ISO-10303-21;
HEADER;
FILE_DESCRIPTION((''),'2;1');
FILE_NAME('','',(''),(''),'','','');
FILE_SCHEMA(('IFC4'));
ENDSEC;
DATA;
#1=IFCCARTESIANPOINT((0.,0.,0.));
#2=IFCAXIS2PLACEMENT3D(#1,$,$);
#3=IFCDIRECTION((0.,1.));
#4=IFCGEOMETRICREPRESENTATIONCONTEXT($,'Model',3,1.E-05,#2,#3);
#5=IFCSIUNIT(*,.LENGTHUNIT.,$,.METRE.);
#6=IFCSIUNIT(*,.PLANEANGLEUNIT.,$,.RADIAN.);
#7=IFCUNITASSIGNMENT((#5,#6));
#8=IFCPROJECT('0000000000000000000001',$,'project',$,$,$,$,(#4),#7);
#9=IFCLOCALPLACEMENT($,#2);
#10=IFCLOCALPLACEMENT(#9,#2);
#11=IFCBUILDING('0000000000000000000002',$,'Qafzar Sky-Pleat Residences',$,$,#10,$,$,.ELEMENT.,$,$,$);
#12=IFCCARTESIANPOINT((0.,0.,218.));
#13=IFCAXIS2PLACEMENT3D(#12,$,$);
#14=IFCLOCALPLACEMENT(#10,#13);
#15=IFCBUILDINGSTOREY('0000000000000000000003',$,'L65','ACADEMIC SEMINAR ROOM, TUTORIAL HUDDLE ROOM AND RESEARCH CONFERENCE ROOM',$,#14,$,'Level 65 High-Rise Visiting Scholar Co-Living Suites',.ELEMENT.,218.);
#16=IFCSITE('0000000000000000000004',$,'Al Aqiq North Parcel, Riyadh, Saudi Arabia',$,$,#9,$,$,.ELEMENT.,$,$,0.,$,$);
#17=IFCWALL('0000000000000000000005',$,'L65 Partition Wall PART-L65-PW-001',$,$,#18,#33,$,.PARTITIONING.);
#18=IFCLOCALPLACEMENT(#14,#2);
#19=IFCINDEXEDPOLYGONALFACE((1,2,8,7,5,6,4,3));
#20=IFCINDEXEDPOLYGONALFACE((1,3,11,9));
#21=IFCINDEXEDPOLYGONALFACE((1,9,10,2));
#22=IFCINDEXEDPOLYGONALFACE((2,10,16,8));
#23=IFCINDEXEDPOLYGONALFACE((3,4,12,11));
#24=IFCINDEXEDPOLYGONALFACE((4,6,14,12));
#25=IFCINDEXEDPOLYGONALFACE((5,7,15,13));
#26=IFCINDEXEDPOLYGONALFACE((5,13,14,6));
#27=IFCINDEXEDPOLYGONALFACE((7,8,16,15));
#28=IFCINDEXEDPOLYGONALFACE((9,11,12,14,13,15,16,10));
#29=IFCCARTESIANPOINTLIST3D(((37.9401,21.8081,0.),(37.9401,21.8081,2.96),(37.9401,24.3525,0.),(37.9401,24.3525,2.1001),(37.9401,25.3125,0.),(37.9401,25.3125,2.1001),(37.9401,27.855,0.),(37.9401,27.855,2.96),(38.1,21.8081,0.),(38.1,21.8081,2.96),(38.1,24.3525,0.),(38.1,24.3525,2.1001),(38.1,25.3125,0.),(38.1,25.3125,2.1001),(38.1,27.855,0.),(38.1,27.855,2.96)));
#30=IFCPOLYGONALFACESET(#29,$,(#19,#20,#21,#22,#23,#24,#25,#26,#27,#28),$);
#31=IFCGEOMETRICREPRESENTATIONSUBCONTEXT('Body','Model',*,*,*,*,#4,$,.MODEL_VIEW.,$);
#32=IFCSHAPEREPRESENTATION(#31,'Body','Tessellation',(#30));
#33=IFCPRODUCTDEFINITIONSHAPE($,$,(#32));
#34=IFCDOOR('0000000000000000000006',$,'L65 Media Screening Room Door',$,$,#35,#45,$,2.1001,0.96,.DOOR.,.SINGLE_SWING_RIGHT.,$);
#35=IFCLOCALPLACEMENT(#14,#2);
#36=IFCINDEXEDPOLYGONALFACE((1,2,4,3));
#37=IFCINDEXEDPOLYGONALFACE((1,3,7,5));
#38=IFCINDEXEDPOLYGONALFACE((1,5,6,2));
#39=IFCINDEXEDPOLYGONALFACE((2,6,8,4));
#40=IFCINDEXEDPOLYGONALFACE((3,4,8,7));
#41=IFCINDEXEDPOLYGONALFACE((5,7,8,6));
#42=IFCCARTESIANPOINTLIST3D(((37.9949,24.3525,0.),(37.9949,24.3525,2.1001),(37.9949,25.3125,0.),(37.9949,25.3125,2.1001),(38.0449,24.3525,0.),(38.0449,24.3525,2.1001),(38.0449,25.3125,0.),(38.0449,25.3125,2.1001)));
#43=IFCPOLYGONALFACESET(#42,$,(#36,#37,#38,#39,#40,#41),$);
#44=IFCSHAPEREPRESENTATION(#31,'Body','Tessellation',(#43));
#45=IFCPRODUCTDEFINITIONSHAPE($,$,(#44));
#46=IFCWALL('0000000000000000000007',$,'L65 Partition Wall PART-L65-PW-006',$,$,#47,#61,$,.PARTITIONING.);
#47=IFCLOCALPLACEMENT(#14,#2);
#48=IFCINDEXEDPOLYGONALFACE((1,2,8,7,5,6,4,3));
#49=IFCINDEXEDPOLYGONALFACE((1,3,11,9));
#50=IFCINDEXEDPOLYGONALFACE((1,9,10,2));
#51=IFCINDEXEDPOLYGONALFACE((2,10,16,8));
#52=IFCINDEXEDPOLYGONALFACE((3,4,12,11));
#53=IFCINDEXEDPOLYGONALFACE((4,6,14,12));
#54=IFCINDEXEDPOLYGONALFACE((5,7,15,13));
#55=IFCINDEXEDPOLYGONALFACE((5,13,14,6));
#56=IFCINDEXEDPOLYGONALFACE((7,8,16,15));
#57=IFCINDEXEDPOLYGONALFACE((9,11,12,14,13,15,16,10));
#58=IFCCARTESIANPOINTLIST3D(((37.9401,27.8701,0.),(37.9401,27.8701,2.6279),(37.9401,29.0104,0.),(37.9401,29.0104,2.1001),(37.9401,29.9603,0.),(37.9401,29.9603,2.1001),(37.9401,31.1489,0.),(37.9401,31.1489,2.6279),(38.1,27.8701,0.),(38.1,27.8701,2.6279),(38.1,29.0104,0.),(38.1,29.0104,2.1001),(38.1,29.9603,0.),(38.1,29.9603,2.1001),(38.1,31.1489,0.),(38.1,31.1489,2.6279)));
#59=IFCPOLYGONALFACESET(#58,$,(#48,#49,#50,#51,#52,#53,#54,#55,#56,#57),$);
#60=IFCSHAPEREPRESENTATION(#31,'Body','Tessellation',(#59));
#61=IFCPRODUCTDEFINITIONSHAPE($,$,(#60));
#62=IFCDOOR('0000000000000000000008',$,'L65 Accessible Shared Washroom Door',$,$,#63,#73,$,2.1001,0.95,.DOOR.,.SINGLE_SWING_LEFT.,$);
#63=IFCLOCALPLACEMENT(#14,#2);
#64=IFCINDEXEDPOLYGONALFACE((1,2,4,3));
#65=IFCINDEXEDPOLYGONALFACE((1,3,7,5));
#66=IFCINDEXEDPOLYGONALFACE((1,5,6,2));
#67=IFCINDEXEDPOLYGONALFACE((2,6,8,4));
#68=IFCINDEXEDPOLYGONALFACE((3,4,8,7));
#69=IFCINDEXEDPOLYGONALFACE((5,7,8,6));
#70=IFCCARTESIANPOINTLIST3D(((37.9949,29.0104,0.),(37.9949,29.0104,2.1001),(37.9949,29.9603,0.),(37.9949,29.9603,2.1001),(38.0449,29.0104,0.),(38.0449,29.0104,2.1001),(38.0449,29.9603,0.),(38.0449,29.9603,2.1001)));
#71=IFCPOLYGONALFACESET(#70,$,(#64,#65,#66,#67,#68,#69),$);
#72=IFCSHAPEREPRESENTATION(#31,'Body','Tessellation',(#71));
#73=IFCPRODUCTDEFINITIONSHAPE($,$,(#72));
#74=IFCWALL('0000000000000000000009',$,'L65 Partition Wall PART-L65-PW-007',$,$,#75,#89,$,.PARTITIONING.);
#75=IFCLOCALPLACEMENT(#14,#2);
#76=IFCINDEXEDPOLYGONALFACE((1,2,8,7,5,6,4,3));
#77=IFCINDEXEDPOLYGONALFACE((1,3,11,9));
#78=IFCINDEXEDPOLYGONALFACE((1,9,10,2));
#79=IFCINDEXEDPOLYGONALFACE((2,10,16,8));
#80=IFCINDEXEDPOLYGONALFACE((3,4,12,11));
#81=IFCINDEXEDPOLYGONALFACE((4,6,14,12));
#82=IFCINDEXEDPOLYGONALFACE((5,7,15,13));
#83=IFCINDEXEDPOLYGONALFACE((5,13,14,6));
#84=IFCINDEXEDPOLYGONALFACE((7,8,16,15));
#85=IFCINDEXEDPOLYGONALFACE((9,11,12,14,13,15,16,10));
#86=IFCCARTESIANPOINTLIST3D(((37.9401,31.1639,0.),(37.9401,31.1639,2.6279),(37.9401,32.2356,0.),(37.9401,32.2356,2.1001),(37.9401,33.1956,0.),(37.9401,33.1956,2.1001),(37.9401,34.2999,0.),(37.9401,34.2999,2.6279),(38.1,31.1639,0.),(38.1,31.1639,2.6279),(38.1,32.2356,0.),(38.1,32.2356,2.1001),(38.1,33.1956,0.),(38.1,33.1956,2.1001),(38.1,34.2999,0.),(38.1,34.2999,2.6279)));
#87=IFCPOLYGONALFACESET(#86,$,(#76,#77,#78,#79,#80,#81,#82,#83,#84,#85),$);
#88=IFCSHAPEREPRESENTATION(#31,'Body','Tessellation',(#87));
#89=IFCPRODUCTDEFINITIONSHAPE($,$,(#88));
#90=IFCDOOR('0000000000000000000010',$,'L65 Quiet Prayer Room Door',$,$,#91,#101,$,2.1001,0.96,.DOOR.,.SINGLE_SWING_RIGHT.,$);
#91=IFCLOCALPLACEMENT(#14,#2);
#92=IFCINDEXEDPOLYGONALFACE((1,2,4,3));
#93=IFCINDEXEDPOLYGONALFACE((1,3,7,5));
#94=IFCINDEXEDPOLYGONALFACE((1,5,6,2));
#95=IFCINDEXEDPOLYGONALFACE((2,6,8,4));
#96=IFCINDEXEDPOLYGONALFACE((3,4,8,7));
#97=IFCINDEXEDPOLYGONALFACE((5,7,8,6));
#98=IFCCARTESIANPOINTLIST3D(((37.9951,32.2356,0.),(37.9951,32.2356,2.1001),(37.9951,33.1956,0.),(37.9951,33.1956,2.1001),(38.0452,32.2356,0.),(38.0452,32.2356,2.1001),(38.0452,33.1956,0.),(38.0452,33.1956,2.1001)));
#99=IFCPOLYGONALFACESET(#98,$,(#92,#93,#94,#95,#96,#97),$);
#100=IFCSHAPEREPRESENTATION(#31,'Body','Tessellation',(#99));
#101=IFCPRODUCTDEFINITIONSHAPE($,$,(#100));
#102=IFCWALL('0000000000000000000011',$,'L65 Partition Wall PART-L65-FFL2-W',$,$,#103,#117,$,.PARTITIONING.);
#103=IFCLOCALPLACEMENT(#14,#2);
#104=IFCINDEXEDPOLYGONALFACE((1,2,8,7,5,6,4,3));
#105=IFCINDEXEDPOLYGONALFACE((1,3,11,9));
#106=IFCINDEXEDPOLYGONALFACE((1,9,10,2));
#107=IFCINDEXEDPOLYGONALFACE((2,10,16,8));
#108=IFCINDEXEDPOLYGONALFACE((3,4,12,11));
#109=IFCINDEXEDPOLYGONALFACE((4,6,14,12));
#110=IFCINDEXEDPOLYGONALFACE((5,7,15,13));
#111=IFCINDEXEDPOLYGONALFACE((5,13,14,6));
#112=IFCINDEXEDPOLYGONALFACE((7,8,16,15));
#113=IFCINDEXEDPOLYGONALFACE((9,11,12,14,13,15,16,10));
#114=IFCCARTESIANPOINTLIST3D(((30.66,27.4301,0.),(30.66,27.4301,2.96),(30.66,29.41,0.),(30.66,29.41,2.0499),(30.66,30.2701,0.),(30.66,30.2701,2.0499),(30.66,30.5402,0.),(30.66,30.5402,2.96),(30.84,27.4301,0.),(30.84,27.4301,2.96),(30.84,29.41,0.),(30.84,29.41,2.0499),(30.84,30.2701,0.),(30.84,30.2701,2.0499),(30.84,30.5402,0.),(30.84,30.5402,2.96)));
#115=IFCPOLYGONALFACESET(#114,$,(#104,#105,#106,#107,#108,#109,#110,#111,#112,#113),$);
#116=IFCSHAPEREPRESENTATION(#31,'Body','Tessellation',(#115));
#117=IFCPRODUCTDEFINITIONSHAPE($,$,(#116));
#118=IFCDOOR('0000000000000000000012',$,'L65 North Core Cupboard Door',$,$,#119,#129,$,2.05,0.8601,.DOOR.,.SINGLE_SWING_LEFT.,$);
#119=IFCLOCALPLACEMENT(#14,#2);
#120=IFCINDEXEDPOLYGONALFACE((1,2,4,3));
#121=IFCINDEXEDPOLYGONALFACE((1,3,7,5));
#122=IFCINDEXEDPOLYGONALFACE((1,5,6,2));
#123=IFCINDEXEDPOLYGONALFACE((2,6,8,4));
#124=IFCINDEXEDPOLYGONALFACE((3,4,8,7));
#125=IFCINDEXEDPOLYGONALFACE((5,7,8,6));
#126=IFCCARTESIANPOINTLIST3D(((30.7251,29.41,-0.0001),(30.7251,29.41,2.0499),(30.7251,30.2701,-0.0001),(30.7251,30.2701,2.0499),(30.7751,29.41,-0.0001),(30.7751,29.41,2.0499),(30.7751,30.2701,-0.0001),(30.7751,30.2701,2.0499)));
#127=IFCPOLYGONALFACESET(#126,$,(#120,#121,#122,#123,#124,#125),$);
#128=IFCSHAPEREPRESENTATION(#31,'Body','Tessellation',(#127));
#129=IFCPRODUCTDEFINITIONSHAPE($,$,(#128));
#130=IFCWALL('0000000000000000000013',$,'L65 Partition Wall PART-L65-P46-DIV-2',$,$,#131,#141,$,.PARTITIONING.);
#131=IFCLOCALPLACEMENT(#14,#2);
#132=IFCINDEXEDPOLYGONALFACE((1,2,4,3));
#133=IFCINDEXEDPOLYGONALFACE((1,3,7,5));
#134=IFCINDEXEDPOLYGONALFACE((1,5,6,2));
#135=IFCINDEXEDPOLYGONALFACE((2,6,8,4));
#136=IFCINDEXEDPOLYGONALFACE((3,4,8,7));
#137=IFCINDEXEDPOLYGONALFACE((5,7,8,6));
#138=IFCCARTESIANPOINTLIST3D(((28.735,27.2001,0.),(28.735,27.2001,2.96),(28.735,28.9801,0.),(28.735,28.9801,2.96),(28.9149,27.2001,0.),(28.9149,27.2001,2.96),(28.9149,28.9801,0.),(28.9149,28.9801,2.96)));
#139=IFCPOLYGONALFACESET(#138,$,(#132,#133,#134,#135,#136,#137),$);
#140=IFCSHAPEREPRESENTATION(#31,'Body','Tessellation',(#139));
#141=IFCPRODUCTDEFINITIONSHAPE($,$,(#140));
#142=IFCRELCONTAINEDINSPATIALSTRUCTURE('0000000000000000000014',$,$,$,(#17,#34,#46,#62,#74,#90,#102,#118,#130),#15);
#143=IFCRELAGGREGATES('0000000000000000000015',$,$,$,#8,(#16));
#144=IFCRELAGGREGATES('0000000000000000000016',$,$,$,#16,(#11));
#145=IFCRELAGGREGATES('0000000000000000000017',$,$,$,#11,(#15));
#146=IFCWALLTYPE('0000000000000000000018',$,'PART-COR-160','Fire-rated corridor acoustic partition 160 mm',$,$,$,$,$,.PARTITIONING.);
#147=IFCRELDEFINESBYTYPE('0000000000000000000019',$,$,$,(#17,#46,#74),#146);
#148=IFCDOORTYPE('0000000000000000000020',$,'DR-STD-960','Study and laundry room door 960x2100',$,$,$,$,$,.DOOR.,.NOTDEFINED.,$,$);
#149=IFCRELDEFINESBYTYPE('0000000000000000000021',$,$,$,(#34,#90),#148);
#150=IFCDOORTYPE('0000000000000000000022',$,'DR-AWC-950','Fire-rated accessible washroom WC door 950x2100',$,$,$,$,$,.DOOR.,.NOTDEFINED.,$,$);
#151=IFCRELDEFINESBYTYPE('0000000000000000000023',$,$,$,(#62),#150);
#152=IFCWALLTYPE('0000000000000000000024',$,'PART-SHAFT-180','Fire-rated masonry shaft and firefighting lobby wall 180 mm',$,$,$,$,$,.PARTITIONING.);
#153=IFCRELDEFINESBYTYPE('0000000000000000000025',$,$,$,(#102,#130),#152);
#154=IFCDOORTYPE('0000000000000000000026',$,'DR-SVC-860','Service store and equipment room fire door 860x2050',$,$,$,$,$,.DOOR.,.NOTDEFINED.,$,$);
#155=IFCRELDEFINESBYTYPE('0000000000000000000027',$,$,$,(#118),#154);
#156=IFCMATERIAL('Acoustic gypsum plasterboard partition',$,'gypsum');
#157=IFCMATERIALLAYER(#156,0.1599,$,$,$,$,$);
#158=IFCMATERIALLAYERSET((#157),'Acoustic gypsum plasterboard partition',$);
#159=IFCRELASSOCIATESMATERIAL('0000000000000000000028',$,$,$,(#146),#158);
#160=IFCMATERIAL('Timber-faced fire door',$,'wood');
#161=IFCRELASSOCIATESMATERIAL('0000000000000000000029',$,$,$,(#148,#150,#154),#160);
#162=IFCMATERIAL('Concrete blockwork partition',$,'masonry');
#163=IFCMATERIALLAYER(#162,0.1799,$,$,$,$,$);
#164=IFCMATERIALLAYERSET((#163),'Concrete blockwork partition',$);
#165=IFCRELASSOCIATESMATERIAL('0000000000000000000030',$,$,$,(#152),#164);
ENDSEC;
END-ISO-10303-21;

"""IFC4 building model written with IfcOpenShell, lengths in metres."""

from ifc_helpers import new_model, si_unit, direction, frame, frame_2d, origin, place, context, subcontext, project, spatial, rectangle, extrude, source, transform, mapped, material, layer, layer_set, type_object, element, fill, save


model = new_model("IFC4")

# Units and contexts
model_context = context("Model", 3, precision=1e-05, world=origin(), true_north=direction((0.0, 1.0)))
body_context = subcontext(model_context, "Body", "Model", "MODEL_VIEW")
ifc_project = project(units=[si_unit("LENGTHUNIT", "METRE"), si_unit("PLANEANGLEUNIT", "RADIAN")], contexts=[model_context])

# Site, building, storey
site_placement = place(None, origin())
site = spatial("IfcSite", under=ifc_project, at=site_placement, Name="Al Aqiq North Parcel, Riyadh, Saudi Arabia", CompositionType="ELEMENT", RefElevation=0.0)
building_placement = place(site_placement, origin())
building = spatial("IfcBuilding", under=site, at=building_placement, Name="Qafzar Sky-Pleat Residences", CompositionType="ELEMENT")
storey_placement = place(building_placement, frame((0.0, 0.0, 218.0)))
storey = spatial("IfcBuildingStorey", under=building, at=storey_placement, Name="L65", Description="ACADEMIC SEMINAR ROOM, TUTORIAL HUDDLE ROOM AND RESEARCH CONFERENCE ROOM", LongName="Level 65 High-Rise Visiting Scholar Co-Living Suites", CompositionType="ELEMENT", Elevation=218.0)

# Walls, openings, doors
ifc_material_1 = material(Name="Acoustic gypsum plasterboard partition", Category="gypsum")
ifc_layer_1 = layer(ifc_material_1, 0.1599)
ifc_layer_set_1 = layer_set([ifc_layer_1], Name="Acoustic gypsum plasterboard partition")
wall_type_1 = type_object("IfcWallType", Name="PART-COR-160", Description="Fire-rated corridor acoustic partition 160 mm", PredefinedType="PARTITIONING", material=ifc_layer_set_1)
wall_1_placement = place(storey_placement, frame((38.02, 27.855, 0.0), z_axis=(0.0, 0.0, 1.0), x_axis=(0.0, -1.0, 0.0)))
wall_1 = element("IfcWall", 1, at=wall_1_placement, inside=storey, type_object=wall_type_1, Name="L65 Partition Wall PART-L65-PW-001", PredefinedType="PARTITIONING", context=body_context, shape_type="SweptSolid", body=[
    extrude(rectangle(XDim=6.0469, YDim=0.1599, at=frame_2d((3.0234, 0.0))), origin(), (0.0, 0.0, 1.0), 2.96),
])
opening_1_placement = place(wall_1_placement, frame((2.5425, 0.0, 0.0)))
opening_1 = element("IfcOpeningElement", 2, at=opening_1_placement, cuts=wall_1, PredefinedType="OPENING", context=body_context, shape_type="SweptSolid", body=[
    extrude(rectangle(XDim=0.96, YDim=2.1001, at=frame_2d((0.48, 1.05))), frame((0.0, 0.0898, 0.0), z_axis=(0.0, -1.0, 0.0), x_axis=(1.0, 0.0, 0.0)), (0.0, 0.0, 1.0), 0.1799),
])
ifc_material_2 = material(Name="Timber-faced fire door", Category="wood")
door_type_1 = type_object("IfcDoorType", Name="DR-STD-960", Description="Study and laundry room door 960x2100", OperationType="NOTDEFINED", PredefinedType="DOOR", material=ifc_material_2)
shared_shape_1 = source(origin(), body_context, "Body", "SweptSolid", [
    extrude(rectangle(XDim=0.96, YDim=2.1001, at=frame_2d((0.48, 1.05))), frame((0.0, 0.0249, 0.0), z_axis=(0.0, -1.0, 0.0), x_axis=(1.0, 0.0, 0.0)), (0.0, 0.0, 1.0), 0.05),
])
door_1_placement = place(opening_1_placement, origin())
door_1 = element("IfcDoor", 3, at=door_1_placement, inside=storey, type_object=door_type_1, Name="L65 Media Screening Room Door", OperationType="SINGLE_SWING_RIGHT", OverallHeight=2.1001, OverallWidth=0.96, PredefinedType="DOOR", context=body_context, shape_type="MappedRepresentation", body=[
    mapped(shared_shape_1, transform((0.0, 0.0, 0.0), x_axis=(1.0, 0.0, 0.0), y_axis=(0.0, 1.0, 0.0), z_axis=(0.0, 0.0, 1.0), scale=1.0)),
])
fill(opening_1, door_1)
wall_2_placement = place(storey_placement, frame((38.02, 31.1489, 0.0), z_axis=(0.0, 0.0, 1.0), x_axis=(0.0, -1.0, 0.0)))
wall_2 = element("IfcWall", 4, at=wall_2_placement, inside=storey, type_object=wall_type_1, Name="L65 Partition Wall PART-L65-PW-006", PredefinedType="PARTITIONING", context=body_context, shape_type="SweptSolid", body=[
    extrude(rectangle(XDim=3.2788, YDim=0.1599, at=frame_2d((1.6394, 0.0))), origin(), (0.0, 0.0, 1.0), 2.6279),
])
opening_2_placement = place(wall_2_placement, frame((1.1885, 0.0, 0.0)))
opening_2 = element("IfcOpeningElement", 5, at=opening_2_placement, cuts=wall_2, PredefinedType="OPENING", context=body_context, shape_type="SweptSolid", body=[
    extrude(rectangle(XDim=0.95, YDim=2.1001, at=frame_2d((0.4751, 1.05))), frame((0.0, 0.0898, 0.0), z_axis=(0.0, -1.0, 0.0), x_axis=(1.0, 0.0, 0.0)), (0.0, 0.0, 1.0), 0.1799),
])
door_type_2 = type_object("IfcDoorType", Name="DR-AWC-950", Description="Fire-rated accessible washroom WC door 950x2100", OperationType="NOTDEFINED", PredefinedType="DOOR", material=ifc_material_2)
shared_shape_2 = source(origin(), body_context, "Body", "SweptSolid", [
    extrude(rectangle(XDim=0.95, YDim=2.1001, at=frame_2d((0.4751, 1.05))), frame((0.0, 0.0249, 0.0), z_axis=(0.0, -1.0, 0.0), x_axis=(1.0, 0.0, 0.0)), (0.0, 0.0, 1.0), 0.05),
])
door_2_placement = place(opening_2_placement, origin())
door_2 = element("IfcDoor", 6, at=door_2_placement, inside=storey, type_object=door_type_2, Name="L65 Accessible Shared Washroom Door", OperationType="SINGLE_SWING_LEFT", OverallHeight=2.1001, OverallWidth=0.95, PredefinedType="DOOR", context=body_context, shape_type="MappedRepresentation", body=[
    mapped(shared_shape_2, transform((0.0, 0.0, 0.0), x_axis=(1.0, 0.0, 0.0), y_axis=(0.0, 1.0, 0.0), z_axis=(0.0, 0.0, 1.0), scale=1.0)),
])
fill(opening_2, door_2)
wall_3_placement = place(storey_placement, frame((38.02, 31.1641, 0.0), z_axis=(0.0, 0.0, 1.0), x_axis=(0.0, 1.0, 0.0)))
wall_3 = element("IfcWall", 7, at=wall_3_placement, inside=storey, type_object=wall_type_1, Name="L65 Partition Wall PART-L65-PW-007", PredefinedType="PARTITIONING", context=body_context, shape_type="SweptSolid", body=[
    extrude(rectangle(XDim=3.136, YDim=0.1599, at=frame_2d((1.5679, 0.0))), origin(), (0.0, 0.0, 1.0), 2.6279),
])
opening_3_placement = place(wall_3_placement, frame((1.0715, 0.0, 0.0)))
opening_3 = element("IfcOpeningElement", 8, at=opening_3_placement, cuts=wall_3, PredefinedType="OPENING", context=body_context, shape_type="SweptSolid", body=[
    extrude(rectangle(XDim=0.96, YDim=2.1001, at=frame_2d((0.48, 1.05))), frame((0.0, 0.0898, 0.0), z_axis=(0.0, -1.0, 0.0), x_axis=(1.0, 0.0, 0.0)), (0.0, 0.0, 1.0), 0.1799),
])
door_3_placement = place(opening_3_placement, origin())
door_3 = element("IfcDoor", 9, at=door_3_placement, inside=storey, type_object=door_type_1, Name="L65 Quiet Prayer Room Door", OperationType="SINGLE_SWING_RIGHT", OverallHeight=2.1001, OverallWidth=0.96, PredefinedType="DOOR", context=body_context, shape_type="MappedRepresentation", body=[
    mapped(shared_shape_1, transform((0.0, 0.0, 0.0), x_axis=(1.0, 0.0, 0.0), y_axis=(0.0, 1.0, 0.0), z_axis=(0.0, 0.0, 1.0), scale=1.0)),
])
fill(opening_3, door_3)
ifc_material_3 = material(Name="Concrete blockwork partition", Category="masonry")
ifc_layer_2 = layer(ifc_material_3, 0.1799)
ifc_layer_set_2 = layer_set([ifc_layer_2], Name="Concrete blockwork partition")
wall_type_2 = type_object("IfcWallType", Name="PART-SHAFT-180", Description="Fire-rated masonry shaft and firefighting lobby wall 180 mm", PredefinedType="PARTITIONING", material=ifc_layer_set_2)
wall_4_placement = place(storey_placement, frame((30.75, 27.4299, 0.0), z_axis=(0.0, 0.0, 1.0), x_axis=(0.0, 1.0, 0.0)))
wall_4 = element("IfcWall", 10, at=wall_4_placement, inside=storey, type_object=wall_type_2, Name="L65 Partition Wall PART-L65-FFL2-W", PredefinedType="PARTITIONING", context=body_context, shape_type="SweptSolid", body=[
    extrude(rectangle(XDim=3.1101, YDim=0.1799, at=frame_2d((1.5552, 0.0))), origin(), (0.0, 0.0, 1.0), 2.96),
])
opening_4_placement = place(wall_4_placement, frame((1.98, 0.0, 0.0)))
opening_4 = element("IfcOpeningElement", 11, at=opening_4_placement, cuts=wall_4, PredefinedType="OPENING", context=body_context, shape_type="SweptSolid", body=[
    extrude(rectangle(XDim=0.8601, YDim=2.05, at=frame_2d((0.4302, 1.0249))), frame((0.0, 0.1001, 0.0), z_axis=(0.0, -1.0, 0.0), x_axis=(1.0, 0.0, 0.0)), (0.0, 0.0, 1.0), 0.2),
])
door_type_3 = type_object("IfcDoorType", Name="DR-SVC-860", Description="Service store and equipment room fire door 860x2050", OperationType="NOTDEFINED", PredefinedType="DOOR", material=ifc_material_2)
shared_shape_3 = source(origin(), body_context, "Body", "SweptSolid", [
    extrude(rectangle(XDim=0.8601, YDim=2.05, at=frame_2d((0.4302, 1.0249))), frame((0.0, 0.0249, 0.0), z_axis=(0.0, -1.0, 0.0), x_axis=(1.0, 0.0, 0.0)), (0.0, 0.0, 1.0), 0.05),
])
door_4_placement = place(opening_4_placement, origin())
door_4 = element("IfcDoor", 12, at=door_4_placement, inside=storey, type_object=door_type_3, Name="L65 North Core Cupboard Door", OperationType="SINGLE_SWING_LEFT", OverallHeight=2.05, OverallWidth=0.8601, PredefinedType="DOOR", context=body_context, shape_type="MappedRepresentation", body=[
    mapped(shared_shape_3, transform((0.0, 0.0, 0.0), x_axis=(1.0, 0.0, 0.0), y_axis=(0.0, 1.0, 0.0), z_axis=(0.0, 0.0, 1.0), scale=1.0)),
])
fill(opening_4, door_4)

# Wall
wall_5_placement = place(storey_placement, frame((28.825, 27.2, 0.0), z_axis=(0.0, 0.0, 1.0), x_axis=(0.0, 1.0, 0.0)))
element("IfcWall", 13, at=wall_5_placement, inside=storey, type_object=wall_type_2, Name="L65 Partition Wall PART-L65-P46-DIV-2", PredefinedType="PARTITIONING", context=body_context, shape_type="SweptSolid", body=[
    extrude(rectangle(XDim=1.78, YDim=0.1799, at=frame_2d((0.8901, 0.0))), origin(), (0.0, 0.0, 1.0), 2.96),
])

save(model, "model.ifc")
